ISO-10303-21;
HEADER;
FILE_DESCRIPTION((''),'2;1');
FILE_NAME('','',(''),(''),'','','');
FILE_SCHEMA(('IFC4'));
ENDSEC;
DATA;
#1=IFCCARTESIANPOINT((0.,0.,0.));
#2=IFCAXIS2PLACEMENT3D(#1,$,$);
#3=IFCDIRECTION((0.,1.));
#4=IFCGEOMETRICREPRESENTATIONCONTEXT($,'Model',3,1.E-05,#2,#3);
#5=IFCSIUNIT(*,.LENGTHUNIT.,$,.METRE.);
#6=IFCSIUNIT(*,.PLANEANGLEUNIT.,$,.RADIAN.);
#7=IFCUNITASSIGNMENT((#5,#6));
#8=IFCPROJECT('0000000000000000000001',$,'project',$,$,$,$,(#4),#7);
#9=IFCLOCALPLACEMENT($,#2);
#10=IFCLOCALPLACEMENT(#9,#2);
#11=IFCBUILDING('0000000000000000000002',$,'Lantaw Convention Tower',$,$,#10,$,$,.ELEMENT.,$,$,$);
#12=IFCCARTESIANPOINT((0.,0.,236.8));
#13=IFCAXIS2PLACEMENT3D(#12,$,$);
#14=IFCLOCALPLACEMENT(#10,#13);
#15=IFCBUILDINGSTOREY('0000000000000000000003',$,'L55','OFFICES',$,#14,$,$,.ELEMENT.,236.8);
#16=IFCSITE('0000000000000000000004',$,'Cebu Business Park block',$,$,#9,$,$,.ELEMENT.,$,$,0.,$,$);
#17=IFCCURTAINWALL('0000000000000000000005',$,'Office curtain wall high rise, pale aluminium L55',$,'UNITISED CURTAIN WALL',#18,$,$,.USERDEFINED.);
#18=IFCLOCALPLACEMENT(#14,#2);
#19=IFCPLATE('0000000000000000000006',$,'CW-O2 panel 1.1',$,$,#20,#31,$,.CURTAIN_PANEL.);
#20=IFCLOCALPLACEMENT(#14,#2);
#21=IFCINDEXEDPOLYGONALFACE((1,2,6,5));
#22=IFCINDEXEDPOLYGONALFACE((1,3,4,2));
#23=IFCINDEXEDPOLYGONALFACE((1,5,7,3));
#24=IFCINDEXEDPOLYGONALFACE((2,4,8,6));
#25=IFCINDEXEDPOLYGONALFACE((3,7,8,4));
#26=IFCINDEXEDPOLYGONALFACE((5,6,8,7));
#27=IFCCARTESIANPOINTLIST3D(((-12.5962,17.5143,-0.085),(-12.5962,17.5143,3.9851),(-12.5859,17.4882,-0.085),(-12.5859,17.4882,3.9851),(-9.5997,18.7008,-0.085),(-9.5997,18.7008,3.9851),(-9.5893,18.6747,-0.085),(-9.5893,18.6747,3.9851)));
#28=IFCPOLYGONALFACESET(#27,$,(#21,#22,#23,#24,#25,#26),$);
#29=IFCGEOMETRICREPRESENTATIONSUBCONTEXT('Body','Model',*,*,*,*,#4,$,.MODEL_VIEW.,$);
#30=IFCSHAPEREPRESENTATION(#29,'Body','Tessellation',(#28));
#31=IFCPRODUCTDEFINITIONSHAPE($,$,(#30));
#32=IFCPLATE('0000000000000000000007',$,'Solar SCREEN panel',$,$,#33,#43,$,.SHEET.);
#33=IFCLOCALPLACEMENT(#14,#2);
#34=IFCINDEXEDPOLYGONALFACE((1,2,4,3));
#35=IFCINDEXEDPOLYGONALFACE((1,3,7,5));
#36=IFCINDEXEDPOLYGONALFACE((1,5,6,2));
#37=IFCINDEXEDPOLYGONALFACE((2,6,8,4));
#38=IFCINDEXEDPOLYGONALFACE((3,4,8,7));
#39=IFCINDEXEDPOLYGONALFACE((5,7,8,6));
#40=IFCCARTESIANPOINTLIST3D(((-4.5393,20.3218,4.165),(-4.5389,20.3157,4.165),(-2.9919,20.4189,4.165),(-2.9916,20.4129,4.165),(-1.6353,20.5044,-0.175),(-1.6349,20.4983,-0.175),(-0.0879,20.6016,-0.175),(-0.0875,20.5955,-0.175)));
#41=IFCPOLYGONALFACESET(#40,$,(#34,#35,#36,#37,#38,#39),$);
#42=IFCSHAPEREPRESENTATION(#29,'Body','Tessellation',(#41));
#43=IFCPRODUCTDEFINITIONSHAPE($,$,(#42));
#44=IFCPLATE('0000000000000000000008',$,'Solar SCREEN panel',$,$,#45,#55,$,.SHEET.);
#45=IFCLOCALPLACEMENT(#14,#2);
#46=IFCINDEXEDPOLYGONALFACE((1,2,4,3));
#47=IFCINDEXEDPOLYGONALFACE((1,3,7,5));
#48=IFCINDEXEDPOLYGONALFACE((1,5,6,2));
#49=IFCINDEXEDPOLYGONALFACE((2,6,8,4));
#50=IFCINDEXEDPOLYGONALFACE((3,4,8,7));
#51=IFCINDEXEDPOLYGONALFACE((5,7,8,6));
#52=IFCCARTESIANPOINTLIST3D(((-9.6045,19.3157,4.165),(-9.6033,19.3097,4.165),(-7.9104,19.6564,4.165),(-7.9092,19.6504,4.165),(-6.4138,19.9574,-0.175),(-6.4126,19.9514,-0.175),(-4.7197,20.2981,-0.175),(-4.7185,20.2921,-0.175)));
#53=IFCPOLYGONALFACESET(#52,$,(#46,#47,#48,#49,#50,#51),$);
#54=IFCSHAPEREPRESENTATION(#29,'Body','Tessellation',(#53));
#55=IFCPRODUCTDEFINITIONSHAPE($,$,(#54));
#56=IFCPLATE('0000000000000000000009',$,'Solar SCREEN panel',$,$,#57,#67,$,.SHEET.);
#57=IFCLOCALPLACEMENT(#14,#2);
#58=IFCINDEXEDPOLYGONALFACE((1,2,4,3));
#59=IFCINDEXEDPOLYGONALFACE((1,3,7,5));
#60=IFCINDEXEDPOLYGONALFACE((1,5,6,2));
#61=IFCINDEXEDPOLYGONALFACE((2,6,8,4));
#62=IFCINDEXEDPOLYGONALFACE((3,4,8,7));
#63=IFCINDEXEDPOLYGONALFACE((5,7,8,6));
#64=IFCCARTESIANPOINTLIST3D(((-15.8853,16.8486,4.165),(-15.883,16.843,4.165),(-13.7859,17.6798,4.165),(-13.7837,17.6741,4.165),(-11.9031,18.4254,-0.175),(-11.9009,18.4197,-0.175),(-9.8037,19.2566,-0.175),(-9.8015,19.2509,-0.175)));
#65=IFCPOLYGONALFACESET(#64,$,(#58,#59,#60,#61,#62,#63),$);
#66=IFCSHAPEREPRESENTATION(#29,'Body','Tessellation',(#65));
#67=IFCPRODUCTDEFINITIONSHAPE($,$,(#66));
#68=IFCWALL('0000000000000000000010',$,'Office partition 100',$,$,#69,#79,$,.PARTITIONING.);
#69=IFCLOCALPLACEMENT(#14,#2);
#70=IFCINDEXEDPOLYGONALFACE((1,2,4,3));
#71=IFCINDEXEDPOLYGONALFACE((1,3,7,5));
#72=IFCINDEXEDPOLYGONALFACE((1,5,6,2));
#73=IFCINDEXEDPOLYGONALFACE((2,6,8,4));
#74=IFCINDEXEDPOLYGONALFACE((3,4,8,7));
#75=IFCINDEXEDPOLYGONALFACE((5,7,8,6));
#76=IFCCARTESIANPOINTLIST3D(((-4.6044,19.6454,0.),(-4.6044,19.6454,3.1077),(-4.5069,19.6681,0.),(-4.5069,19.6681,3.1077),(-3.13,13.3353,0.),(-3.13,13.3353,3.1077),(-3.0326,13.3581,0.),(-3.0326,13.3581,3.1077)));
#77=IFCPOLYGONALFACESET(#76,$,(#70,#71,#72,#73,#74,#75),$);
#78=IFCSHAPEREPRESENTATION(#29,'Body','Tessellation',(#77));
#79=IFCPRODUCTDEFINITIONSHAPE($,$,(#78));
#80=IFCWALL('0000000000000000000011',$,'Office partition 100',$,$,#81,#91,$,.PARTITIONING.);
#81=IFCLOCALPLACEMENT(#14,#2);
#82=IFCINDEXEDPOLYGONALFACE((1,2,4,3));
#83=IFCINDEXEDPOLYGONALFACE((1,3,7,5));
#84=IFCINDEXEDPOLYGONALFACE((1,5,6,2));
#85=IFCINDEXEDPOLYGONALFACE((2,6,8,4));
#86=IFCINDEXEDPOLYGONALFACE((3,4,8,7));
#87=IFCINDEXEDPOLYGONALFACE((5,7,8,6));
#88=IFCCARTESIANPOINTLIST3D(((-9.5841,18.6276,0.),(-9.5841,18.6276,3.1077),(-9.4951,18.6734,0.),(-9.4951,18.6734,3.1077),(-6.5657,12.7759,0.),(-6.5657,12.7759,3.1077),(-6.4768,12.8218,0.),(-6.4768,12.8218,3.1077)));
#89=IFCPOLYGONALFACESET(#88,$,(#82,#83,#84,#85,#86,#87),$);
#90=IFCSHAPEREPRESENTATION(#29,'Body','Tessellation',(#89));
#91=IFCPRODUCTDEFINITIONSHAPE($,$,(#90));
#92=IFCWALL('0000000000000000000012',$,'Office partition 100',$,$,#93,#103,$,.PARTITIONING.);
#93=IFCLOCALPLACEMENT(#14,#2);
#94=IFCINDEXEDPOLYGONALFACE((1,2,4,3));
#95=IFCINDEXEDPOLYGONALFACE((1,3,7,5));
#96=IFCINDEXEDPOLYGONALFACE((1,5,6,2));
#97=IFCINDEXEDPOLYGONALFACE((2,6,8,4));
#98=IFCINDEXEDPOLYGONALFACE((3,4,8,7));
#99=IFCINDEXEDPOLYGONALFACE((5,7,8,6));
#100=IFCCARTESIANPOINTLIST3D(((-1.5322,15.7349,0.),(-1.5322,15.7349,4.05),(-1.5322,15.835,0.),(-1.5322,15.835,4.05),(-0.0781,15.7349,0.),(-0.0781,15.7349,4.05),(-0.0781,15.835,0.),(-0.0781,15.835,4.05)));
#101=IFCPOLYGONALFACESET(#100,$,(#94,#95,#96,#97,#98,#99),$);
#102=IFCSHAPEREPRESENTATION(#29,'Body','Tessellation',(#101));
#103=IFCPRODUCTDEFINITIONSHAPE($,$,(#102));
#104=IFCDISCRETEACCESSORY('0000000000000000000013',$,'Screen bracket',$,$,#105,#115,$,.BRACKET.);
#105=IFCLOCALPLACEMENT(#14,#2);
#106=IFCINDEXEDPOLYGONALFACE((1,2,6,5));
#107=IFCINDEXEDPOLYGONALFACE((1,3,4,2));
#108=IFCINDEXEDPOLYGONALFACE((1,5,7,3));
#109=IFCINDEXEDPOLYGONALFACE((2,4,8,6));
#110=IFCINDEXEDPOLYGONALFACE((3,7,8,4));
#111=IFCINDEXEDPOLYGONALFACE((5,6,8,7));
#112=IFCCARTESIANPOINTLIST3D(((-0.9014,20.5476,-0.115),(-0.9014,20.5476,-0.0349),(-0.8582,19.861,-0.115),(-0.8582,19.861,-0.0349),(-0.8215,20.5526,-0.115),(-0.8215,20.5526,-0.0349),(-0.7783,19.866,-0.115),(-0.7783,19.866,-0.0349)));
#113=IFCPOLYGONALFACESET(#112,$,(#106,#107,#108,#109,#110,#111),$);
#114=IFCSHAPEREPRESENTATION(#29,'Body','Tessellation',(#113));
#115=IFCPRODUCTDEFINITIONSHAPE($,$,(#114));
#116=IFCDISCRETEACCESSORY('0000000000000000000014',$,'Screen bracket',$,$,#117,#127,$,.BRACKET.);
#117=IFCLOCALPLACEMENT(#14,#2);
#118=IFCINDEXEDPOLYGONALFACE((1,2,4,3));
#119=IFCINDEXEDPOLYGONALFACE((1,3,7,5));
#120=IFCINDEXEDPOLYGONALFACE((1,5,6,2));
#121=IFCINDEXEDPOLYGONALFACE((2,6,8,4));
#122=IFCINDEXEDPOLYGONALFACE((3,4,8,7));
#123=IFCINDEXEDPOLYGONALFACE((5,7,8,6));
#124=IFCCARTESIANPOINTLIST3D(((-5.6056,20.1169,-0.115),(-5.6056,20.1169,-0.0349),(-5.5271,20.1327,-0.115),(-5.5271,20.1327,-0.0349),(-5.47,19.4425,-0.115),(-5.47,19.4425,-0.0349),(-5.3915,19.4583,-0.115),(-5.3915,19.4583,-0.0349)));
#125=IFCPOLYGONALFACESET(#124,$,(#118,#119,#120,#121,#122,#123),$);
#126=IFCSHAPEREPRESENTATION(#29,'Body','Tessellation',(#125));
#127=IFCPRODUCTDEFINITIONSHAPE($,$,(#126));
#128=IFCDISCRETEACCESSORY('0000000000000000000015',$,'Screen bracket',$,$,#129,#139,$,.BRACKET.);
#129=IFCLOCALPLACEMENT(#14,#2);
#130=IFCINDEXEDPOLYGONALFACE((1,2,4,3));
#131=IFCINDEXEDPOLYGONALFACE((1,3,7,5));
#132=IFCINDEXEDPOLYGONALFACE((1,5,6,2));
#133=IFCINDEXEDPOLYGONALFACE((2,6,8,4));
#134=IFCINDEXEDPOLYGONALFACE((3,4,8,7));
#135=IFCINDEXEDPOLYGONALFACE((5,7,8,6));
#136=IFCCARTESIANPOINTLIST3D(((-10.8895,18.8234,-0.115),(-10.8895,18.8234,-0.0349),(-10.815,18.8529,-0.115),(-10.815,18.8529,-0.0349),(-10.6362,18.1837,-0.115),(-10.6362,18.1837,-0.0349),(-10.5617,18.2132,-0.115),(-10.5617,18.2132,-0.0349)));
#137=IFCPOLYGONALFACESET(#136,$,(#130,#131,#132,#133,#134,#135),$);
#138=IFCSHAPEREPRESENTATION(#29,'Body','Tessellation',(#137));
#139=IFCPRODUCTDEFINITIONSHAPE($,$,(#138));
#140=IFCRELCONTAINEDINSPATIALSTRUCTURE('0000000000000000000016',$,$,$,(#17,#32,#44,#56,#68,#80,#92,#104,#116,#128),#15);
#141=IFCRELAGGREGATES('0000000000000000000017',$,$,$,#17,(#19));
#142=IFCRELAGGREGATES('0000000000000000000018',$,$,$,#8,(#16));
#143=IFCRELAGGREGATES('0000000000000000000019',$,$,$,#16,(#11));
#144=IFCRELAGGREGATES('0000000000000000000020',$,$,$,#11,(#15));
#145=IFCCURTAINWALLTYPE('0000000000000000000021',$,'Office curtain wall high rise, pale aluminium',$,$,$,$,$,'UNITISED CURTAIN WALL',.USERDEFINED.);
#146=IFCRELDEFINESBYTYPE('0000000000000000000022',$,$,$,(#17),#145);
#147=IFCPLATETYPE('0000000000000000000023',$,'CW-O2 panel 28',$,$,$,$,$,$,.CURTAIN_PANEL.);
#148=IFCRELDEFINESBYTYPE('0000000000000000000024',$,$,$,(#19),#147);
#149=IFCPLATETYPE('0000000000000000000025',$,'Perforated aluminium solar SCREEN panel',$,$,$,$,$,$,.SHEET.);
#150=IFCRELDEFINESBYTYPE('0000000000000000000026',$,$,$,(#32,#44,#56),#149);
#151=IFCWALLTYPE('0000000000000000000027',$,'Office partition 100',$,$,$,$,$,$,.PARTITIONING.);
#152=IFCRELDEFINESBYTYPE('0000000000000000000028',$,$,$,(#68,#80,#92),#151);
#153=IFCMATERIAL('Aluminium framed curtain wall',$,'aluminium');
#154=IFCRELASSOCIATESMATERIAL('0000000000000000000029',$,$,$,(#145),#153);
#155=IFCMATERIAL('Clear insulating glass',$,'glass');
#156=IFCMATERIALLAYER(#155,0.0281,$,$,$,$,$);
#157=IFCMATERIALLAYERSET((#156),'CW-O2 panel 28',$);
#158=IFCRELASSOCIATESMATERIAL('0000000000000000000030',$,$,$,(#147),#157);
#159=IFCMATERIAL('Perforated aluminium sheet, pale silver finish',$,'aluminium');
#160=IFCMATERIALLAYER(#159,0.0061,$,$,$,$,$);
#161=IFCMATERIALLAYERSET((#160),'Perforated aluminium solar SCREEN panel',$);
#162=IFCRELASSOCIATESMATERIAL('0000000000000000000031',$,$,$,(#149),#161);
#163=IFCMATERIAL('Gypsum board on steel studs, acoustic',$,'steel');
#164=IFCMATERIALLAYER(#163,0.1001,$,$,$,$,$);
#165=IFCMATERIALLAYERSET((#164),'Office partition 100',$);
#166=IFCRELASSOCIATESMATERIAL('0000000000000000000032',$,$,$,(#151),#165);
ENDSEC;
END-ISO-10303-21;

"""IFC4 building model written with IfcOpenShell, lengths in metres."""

from ifc_helpers import new_model, si_unit, direction, frame, frame_2d, origin, origin_2d, place, context, subcontext, project, spatial, polyline, rectangle, outline, extrude, material, layer, layer_set, type_object, element, aggregate, save


model = new_model("IFC4")

# Units and contexts
model_context = context("Model", 3, precision=1e-05, world=origin(), true_north=direction((0.0, 1.0)))
body_context = subcontext(model_context, "Body", "Model", "MODEL_VIEW")
ifc_project = project(units=[si_unit("LENGTHUNIT", "METRE"), si_unit("PLANEANGLEUNIT", "RADIAN")], contexts=[model_context])

# Site, building, storey
site_placement = place(None, origin())
site = spatial("IfcSite", under=ifc_project, at=site_placement, Name="Cebu Business Park block", CompositionType="ELEMENT", RefElevation=0.0)
building_placement = place(site_placement, origin())
building = spatial("IfcBuilding", under=site, at=building_placement, Name="Lantaw Convention Tower", CompositionType="ELEMENT")
storey_placement = place(building_placement, frame((0.0, 0.0, 236.8)))
storey = spatial("IfcBuildingStorey", under=building, at=storey_placement, Name="L55", Description="OFFICES", CompositionType="ELEMENT", Elevation=236.8)

# Shared definitions
ifc_material_1 = material(Name="Aluminium framed curtain wall", Category="aluminium")
curtain_wall_type = type_object("IfcCurtainWallType", Name="Office curtain wall high rise, pale aluminium", ElementType="UNITISED CURTAIN WALL", PredefinedType="USERDEFINED", material=ifc_material_1)

# Curtain wall
curtain_wall_1_placement = place(storey_placement, origin())
curtain_wall_1 = element("IfcCurtainWall", 1, at=curtain_wall_1_placement, inside=storey, type_object=curtain_wall_type, Name="Office curtain wall high rise, pale aluminium L55", ObjectType="UNITISED CURTAIN WALL", PredefinedType="USERDEFINED")

# Plate
ifc_material_2 = material(Name="Clear insulating glass", Category="glass")
ifc_layer_1 = layer(ifc_material_2, 0.0281)
ifc_layer_set_1 = layer_set([ifc_layer_1], Name="CW-O2 panel 28")
plate_type_1 = type_object("IfcPlateType", Name="CW-O2 panel 28", PredefinedType="CURTAIN_PANEL", material=ifc_layer_set_1)
plate_1_placement = place(storey_placement, frame((-11.0928, 18.0945, -0.085), z_axis=(0.0, 0.0, 1.0), x_axis=(-0.929762, -0.368162, 0.0)))
plate_1 = element("IfcPlate", 2, at=plate_1_placement, type_object=plate_type_1, Name="CW-O2 panel 1.1", PredefinedType="CURTAIN_PANEL", context=body_context, shape_type="SweptSolid", body=[
    extrude(rectangle(XDim=3.2229, YDim=0.0281, at=origin_2d()), origin(), (0.0, 0.0, 1.0), 4.0701),
])
aggregate(curtain_wall_1, [plate_1])

# Plates
ifc_material_3 = material(Name="Perforated aluminium sheet, pale silver finish", Category="aluminium")
ifc_layer_2 = layer(ifc_material_3, 0.0061)
ifc_layer_set_2 = layer_set([ifc_layer_2], Name="Perforated aluminium solar SCREEN panel")
plate_type_2 = type_object("IfcPlateType", Name="Perforated aluminium solar SCREEN panel", PredefinedType="SHEET", material=ifc_layer_set_2)
plate_2_placement = place(storey_placement, frame((-0.0879, 20.6016, -0.175), z_axis=(-0.062672, 0.998034, 0.000059), x_axis=(-0.998034, -0.062672, 0.0)))
element("IfcPlate", 3, at=plate_2_placement, inside=storey, type_object=plate_type_2, Name="Solar SCREEN panel", PredefinedType="SHEET", context=body_context, shape_type="SweptSolid", body=[
    extrude(outline(polyline([(0.0, 0.0), (1.5504, 0.0), (4.4602, 4.3401), (2.9098, 4.3401), (0.0, 0.0)])), origin(), (0.0, 0.0, -1.0), 0.0061),
])
plate_3_placement = place(storey_placement, frame((-4.7197, 20.2981, -0.175), z_axis=(-0.197162, 0.980371, 0.000011), x_axis=(-0.980371, -0.197162, 0.0)))
element("IfcPlate", 4, at=plate_3_placement, inside=storey, type_object=plate_type_2, Name="Solar SCREEN panel", PredefinedType="SHEET", context=body_context, shape_type="SweptSolid", body=[
    extrude(outline(polyline([(0.0, 0.0), (1.728, 0.0), (4.9826, 4.3401), (3.2546, 4.3401), (0.0, 0.0)])), origin(), (0.0, 0.0, -1.0), 0.0061),
])
plate_4_placement = place(storey_placement, frame((-9.8037, 19.2566, -0.175), z_axis=(-0.368117, 0.92978, 0.000036), x_axis=(-0.92978, -0.368117, 0.0)))
element("IfcPlate", 5, at=plate_4_placement, inside=storey, type_object=plate_type_2, Name="Solar SCREEN panel", PredefinedType="SHEET", context=body_context, shape_type="SweptSolid", body=[
    extrude(outline(polyline([(0.0, 0.0), (2.258, 0.0), (6.5409, 4.3401), (4.283, 4.3401), (0.0, 0.0)])), origin(), (0.0, 0.0, -1.0), 0.0061),
])

# Walls
ifc_material_4 = material(Name="Gypsum board on steel studs, acoustic", Category="steel")
ifc_layer_3 = layer(ifc_material_4, 0.1001)
ifc_layer_set_3 = layer_set([ifc_layer_3], Name="Office partition 100")
wall_type = type_object("IfcWallType", Name="Office partition 100", PredefinedType="PARTITIONING", material=ifc_layer_set_3)
wall_1_placement = place(storey_placement, frame((-4.5557, 19.6567, 0.0), z_axis=(0.0, 0.0, 1.0), x_axis=(0.227525, -0.973772, 0.0)))
element("IfcWall", 6, at=wall_1_placement, inside=storey, type_object=wall_type, Name="Office partition 100", PredefinedType="PARTITIONING", context=body_context, shape_type="SweptSolid", body=[
    extrude(rectangle(XDim=6.48, YDim=0.1001, at=frame_2d((3.24, 0.0))), origin(), (0.0, 0.0, 1.0), 3.1077),
])
wall_2_placement = place(storey_placement, frame((-9.5396, 18.6504, 0.0), z_axis=(0.0, 0.0, 1.0), x_axis=(0.458421, -0.888735, 0.0)))
element("IfcWall", 7, at=wall_2_placement, inside=storey, type_object=wall_type, Name="Office partition 100", PredefinedType="PARTITIONING", context=body_context, shape_type="SweptSolid", body=[
    extrude(rectangle(XDim=6.5842, YDim=0.1001, at=frame_2d((3.292, 0.0))), origin(), (0.0, 0.0, 1.0), 3.1077),
])
wall_3_placement = place(storey_placement, frame((-1.5322, 15.7849, 0.0), z_axis=(0.0, 0.0, 1.0), x_axis=(1.0, 0.0, 0.0)))
element("IfcWall", 8, at=wall_3_placement, inside=storey, type_object=wall_type, Name="Office partition 100", PredefinedType="PARTITIONING", context=body_context, shape_type="SweptSolid", body=[
    extrude(rectangle(XDim=1.4541, YDim=0.1001, at=frame_2d((0.7271, 0.0))), origin(), (0.0, 0.0, 1.0), 4.05),
])

# Discrete accessories
for number, where, z_axis, x_axis, name in (
    (9, (-0.8398, 20.2068, -0.115), (0.0, 0.0, 1.0), (-0.998029, -0.062758, 0.0), "Screen bracket"),
    (10, (-5.4985, 19.7876, -0.115), (0.0, 0.0, 1.0), (-0.980367, -0.197183, 0.0), "Screen bracket"),
    (11, (-10.7256, 18.5183, -0.115), (0.0, 0.0, 1.0), (-0.929762, -0.368162, 0.0), "Screen bracket"),
):
    element("IfcDiscreteAccessory", number, at=place(storey_placement, frame(where, z_axis=z_axis, x_axis=x_axis)), inside=storey, Name=name, PredefinedType="BRACKET", context=body_context, shape_type="SweptSolid", body=[
        extrude(rectangle(XDim=0.0801, YDim=0.688, at=origin_2d()), origin(), (0.0, 0.0, 1.0), 0.0801),
    ])

save(model, "model.ifc")
